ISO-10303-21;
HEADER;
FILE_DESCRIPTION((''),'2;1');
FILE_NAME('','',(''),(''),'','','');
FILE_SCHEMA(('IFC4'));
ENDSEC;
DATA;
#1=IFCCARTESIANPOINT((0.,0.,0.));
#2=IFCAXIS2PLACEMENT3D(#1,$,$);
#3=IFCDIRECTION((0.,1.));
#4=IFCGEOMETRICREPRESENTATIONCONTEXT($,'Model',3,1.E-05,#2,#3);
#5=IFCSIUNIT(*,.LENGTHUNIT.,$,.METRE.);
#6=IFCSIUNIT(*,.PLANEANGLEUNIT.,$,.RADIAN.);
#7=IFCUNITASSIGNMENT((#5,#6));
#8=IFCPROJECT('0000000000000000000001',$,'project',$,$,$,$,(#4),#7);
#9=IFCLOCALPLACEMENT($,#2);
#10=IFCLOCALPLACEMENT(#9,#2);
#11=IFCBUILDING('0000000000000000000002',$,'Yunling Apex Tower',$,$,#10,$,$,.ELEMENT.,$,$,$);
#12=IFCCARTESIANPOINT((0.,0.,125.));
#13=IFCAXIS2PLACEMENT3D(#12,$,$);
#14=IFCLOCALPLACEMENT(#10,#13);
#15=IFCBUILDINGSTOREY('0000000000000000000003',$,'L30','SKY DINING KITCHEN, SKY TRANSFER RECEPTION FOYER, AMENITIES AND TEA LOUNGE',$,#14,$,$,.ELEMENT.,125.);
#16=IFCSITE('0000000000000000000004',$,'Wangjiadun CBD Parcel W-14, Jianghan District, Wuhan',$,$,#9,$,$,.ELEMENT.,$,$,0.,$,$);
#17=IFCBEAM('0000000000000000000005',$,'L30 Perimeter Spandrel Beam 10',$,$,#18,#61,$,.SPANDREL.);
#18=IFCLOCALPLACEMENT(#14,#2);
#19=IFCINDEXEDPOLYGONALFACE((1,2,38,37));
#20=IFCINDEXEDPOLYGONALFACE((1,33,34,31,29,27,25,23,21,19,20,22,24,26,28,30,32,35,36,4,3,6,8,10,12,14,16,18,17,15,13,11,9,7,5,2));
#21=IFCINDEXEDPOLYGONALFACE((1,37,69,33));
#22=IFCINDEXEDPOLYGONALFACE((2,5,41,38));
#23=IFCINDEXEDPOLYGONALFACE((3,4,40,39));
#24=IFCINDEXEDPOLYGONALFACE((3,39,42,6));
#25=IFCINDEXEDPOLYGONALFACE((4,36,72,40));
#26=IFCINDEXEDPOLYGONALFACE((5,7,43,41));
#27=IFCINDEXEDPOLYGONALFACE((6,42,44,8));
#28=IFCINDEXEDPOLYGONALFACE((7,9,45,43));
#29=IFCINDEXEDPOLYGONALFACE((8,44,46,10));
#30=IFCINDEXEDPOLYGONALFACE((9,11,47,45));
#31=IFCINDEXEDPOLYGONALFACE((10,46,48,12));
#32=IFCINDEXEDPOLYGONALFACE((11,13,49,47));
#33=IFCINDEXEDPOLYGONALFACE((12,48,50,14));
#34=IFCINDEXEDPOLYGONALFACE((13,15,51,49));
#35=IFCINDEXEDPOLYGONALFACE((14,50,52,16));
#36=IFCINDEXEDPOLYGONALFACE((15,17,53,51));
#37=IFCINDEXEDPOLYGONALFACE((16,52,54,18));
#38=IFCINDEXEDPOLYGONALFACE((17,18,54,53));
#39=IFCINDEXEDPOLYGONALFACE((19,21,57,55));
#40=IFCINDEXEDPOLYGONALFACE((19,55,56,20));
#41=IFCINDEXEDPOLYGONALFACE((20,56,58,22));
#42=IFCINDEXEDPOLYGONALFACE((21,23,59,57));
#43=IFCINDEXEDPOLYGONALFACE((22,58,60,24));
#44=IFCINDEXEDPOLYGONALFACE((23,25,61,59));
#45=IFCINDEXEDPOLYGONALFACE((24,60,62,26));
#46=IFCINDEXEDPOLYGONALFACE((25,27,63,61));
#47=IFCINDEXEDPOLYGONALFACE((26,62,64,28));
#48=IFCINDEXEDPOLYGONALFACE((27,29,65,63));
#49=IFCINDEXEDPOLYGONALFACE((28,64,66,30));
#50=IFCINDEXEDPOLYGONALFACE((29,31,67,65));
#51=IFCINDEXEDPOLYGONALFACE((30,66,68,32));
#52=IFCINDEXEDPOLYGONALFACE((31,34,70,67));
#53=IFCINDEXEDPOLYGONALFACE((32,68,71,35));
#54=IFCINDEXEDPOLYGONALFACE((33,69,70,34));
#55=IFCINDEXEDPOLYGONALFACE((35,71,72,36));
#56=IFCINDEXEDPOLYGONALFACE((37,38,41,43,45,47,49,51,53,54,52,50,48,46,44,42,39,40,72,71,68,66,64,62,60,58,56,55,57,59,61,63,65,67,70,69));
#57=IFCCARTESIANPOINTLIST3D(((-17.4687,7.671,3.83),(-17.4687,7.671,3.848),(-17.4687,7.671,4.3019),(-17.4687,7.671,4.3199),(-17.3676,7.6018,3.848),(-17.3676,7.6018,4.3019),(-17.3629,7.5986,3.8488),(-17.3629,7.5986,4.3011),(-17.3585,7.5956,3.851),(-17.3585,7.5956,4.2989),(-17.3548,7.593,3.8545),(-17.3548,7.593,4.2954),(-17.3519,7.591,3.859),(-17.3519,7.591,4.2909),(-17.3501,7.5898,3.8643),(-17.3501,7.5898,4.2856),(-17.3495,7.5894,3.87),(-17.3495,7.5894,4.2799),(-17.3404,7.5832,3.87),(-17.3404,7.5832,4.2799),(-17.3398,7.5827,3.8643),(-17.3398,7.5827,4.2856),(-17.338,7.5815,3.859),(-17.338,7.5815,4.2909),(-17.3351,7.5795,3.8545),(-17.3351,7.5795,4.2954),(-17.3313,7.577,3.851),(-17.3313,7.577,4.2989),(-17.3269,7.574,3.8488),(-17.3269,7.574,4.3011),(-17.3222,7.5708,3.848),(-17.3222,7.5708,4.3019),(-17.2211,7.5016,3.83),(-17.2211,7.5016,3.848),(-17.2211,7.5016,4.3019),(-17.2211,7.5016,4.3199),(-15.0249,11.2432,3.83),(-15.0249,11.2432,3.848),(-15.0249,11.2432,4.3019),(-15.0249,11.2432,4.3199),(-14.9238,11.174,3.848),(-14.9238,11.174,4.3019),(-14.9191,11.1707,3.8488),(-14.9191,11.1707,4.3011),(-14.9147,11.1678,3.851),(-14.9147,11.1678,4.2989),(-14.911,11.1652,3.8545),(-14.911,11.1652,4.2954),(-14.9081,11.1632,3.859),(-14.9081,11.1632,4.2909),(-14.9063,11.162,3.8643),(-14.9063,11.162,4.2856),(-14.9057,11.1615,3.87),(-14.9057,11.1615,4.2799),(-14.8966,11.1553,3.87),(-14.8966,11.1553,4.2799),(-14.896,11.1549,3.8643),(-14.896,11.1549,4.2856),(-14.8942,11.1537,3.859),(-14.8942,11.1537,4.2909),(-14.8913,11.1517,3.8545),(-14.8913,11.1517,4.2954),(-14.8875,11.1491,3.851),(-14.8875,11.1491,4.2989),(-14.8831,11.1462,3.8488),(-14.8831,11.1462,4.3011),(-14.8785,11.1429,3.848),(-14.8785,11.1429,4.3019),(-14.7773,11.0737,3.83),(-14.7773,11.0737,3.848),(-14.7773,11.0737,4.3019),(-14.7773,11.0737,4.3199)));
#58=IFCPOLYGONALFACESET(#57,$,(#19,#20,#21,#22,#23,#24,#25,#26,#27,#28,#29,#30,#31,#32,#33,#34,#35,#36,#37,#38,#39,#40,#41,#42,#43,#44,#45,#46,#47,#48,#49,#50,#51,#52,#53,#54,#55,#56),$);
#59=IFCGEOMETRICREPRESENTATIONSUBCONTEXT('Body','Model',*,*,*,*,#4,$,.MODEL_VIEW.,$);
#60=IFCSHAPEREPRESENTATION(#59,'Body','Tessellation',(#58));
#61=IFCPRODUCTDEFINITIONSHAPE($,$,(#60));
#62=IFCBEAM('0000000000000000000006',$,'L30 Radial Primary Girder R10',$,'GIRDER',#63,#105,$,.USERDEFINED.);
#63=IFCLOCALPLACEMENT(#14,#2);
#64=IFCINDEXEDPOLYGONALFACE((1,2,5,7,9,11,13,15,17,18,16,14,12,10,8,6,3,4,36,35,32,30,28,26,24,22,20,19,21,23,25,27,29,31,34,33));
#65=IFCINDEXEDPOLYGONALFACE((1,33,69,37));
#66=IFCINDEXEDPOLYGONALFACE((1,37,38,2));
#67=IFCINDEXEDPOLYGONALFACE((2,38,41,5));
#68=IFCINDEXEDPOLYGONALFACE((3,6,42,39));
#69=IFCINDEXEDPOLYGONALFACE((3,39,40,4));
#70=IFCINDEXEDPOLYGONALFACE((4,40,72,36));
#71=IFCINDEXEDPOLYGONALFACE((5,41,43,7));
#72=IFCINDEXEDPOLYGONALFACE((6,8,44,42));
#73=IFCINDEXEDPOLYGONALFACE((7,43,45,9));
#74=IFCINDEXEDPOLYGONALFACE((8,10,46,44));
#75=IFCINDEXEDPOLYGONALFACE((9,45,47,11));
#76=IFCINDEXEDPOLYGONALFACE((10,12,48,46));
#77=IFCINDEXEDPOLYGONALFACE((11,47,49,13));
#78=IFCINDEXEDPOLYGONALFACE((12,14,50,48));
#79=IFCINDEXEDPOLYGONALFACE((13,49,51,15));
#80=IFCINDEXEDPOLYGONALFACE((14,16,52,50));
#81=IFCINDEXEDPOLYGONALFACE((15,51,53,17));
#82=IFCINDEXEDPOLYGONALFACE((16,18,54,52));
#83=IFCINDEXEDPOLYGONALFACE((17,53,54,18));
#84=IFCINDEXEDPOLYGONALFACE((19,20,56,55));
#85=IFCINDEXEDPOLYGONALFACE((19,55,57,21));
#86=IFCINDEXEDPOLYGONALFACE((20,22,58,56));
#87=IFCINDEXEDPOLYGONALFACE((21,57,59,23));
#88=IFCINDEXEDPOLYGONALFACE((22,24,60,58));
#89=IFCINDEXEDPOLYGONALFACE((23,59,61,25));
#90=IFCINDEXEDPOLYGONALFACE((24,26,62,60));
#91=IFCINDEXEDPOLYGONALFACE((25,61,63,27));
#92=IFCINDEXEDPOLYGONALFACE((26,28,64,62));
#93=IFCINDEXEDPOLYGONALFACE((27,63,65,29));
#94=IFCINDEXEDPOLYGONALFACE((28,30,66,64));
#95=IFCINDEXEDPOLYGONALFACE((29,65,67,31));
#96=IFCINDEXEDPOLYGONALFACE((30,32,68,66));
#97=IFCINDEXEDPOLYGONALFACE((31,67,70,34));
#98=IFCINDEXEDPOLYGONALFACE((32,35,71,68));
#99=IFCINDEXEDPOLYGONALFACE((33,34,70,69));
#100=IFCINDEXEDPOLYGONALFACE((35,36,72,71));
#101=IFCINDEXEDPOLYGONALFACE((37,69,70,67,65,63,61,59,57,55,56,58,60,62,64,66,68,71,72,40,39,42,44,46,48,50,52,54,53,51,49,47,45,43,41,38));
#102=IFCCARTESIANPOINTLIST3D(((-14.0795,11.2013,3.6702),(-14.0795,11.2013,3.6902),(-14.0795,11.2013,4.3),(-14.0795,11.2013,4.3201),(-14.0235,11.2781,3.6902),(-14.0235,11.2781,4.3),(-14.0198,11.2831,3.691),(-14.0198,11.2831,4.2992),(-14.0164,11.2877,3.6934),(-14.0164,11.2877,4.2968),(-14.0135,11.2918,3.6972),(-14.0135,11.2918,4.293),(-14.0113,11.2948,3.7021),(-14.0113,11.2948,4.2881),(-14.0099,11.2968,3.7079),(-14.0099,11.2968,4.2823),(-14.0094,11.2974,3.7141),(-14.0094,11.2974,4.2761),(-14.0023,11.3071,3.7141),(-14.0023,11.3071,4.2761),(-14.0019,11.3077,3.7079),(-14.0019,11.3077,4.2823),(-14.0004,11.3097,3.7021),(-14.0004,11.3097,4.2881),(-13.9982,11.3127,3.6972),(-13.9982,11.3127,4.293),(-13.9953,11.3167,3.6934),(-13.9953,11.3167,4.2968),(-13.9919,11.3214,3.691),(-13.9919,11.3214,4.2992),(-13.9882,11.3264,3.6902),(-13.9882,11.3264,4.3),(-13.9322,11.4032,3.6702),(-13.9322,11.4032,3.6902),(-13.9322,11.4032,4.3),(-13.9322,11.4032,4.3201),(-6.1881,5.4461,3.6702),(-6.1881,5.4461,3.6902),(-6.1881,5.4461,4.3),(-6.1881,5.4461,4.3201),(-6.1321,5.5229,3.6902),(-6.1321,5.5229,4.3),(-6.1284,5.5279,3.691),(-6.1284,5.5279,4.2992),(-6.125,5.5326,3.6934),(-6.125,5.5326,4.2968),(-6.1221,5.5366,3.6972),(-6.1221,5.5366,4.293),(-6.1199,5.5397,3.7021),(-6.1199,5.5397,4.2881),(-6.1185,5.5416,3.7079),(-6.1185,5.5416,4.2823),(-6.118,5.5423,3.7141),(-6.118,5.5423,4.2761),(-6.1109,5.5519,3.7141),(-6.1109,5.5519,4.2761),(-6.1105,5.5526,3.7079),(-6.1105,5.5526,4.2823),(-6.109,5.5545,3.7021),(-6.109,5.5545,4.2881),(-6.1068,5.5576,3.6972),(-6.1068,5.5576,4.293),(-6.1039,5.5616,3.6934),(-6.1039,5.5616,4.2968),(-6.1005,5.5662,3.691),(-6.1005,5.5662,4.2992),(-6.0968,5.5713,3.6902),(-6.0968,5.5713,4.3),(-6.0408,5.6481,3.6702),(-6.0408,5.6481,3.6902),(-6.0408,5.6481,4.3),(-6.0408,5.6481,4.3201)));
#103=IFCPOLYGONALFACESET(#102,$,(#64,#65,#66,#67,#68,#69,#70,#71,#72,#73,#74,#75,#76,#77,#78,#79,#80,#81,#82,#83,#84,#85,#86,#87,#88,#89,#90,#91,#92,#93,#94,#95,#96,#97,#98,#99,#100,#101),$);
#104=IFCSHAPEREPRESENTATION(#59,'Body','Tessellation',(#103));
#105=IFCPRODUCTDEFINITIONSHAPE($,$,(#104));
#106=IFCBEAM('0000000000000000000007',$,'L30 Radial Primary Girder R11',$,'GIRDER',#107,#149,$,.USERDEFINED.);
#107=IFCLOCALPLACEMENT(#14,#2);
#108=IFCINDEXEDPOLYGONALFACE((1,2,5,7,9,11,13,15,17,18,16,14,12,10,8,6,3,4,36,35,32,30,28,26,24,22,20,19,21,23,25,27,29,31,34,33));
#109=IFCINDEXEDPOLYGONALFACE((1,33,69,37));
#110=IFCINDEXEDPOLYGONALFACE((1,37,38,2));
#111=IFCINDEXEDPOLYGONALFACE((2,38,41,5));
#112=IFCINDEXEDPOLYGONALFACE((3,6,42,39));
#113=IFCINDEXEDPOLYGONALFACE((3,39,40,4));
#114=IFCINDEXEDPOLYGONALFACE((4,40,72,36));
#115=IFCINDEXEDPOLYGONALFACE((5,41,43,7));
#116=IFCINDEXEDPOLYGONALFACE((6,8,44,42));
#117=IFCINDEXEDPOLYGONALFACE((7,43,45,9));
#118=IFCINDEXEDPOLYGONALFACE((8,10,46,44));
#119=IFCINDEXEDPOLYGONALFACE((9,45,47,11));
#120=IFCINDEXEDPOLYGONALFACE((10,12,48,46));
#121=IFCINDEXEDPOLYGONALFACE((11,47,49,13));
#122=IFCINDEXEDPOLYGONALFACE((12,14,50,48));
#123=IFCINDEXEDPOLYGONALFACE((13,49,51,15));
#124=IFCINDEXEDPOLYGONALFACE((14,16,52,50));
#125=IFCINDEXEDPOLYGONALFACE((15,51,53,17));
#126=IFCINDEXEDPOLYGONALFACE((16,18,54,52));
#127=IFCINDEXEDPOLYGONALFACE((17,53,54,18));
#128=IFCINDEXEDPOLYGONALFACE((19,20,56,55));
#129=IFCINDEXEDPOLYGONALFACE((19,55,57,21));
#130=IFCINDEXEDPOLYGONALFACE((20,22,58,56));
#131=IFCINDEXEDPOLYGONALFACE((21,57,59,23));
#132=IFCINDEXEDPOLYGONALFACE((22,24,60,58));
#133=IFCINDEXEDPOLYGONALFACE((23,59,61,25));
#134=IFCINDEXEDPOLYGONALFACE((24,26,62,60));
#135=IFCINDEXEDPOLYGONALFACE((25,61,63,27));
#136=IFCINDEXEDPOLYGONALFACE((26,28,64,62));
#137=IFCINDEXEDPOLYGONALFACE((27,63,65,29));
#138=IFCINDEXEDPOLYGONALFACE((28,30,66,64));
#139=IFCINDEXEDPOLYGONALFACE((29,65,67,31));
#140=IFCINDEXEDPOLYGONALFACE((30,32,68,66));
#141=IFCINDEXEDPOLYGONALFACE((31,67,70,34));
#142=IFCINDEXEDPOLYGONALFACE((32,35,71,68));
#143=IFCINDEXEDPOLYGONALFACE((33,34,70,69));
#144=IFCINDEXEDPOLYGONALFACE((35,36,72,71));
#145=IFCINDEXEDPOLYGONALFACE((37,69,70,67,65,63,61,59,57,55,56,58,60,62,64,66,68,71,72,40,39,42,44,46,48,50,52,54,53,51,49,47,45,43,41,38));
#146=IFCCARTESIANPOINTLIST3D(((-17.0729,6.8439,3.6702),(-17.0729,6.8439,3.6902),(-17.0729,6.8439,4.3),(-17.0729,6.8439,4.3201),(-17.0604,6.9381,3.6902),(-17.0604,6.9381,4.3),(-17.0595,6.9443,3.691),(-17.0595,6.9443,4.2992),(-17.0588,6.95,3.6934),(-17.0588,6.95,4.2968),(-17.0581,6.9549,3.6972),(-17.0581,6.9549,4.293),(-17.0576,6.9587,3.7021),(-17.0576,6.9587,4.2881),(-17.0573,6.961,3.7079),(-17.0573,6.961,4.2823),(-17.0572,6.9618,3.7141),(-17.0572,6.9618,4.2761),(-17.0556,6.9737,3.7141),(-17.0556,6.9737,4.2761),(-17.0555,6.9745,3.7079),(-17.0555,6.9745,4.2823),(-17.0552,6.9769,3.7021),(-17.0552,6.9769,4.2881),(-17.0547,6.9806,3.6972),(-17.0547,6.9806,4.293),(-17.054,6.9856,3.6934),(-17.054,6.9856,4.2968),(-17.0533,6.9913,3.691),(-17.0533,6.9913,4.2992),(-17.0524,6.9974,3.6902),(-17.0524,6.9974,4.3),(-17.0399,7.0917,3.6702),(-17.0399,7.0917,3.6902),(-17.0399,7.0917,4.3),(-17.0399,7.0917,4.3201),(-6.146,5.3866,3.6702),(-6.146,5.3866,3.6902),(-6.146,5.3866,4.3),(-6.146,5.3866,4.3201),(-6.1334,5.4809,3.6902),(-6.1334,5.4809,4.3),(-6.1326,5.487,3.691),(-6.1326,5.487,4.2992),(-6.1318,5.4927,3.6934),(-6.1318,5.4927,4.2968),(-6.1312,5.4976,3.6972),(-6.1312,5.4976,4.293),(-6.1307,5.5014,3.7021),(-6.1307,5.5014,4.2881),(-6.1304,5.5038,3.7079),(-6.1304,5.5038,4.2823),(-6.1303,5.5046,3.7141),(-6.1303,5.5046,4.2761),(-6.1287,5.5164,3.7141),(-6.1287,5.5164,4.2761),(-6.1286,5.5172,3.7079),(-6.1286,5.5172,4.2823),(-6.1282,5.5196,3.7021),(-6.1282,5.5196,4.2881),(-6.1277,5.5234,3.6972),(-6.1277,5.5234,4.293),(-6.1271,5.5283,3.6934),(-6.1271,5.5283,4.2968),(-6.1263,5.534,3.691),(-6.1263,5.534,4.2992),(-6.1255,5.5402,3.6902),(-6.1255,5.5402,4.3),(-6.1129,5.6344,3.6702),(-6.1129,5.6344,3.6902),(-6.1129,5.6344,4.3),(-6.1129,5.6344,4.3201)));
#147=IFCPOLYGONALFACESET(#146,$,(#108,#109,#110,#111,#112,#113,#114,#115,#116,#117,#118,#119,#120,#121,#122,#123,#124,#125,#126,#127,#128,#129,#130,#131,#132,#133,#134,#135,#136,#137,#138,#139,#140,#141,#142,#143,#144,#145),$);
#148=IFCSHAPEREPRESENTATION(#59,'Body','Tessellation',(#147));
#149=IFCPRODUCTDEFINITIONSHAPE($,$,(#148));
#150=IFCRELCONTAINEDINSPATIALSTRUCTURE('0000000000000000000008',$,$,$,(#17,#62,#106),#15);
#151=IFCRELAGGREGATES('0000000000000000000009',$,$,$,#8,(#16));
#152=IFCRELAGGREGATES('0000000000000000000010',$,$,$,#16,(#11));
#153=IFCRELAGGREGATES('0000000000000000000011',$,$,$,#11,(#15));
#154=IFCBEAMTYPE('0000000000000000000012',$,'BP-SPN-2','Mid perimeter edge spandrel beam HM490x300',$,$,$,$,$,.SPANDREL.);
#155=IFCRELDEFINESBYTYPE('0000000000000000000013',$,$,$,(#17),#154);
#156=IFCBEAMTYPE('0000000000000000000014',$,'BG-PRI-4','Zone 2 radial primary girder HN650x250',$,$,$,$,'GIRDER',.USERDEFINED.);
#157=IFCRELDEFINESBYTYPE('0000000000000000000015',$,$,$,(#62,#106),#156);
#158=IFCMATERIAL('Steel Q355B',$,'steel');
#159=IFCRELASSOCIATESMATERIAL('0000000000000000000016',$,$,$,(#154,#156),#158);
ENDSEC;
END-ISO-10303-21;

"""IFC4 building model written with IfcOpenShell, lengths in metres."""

from ifc_helpers import new_model, si_unit, direction, frame, origin, origin_2d, place, context, subcontext, project, spatial, i_section, extrude, source, transform, mapped, material, material_profile, profile_set, type_object, element, save


model = new_model("IFC4")

# Units and contexts
model_context = context("Model", 3, precision=1e-05, world=origin(), true_north=direction((0.0, 1.0)))
body_context = subcontext(model_context, "Body", "Model", "MODEL_VIEW")
ifc_project = project(units=[si_unit("LENGTHUNIT", "METRE"), si_unit("PLANEANGLEUNIT", "RADIAN")], contexts=[model_context])

# Site, building, storey
site_placement = place(None, origin())
site = spatial("IfcSite", under=ifc_project, at=site_placement, Name="Wangjiadun CBD Parcel W-14, Jianghan District, Wuhan", CompositionType="ELEMENT", RefElevation=0.0)
building_placement = place(site_placement, origin())
building = spatial("IfcBuilding", under=site, at=building_placement, Name="Yunling Apex Tower", CompositionType="ELEMENT")
storey_placement = place(building_placement, frame((0.0, 0.0, 125.0)))
storey = spatial("IfcBuildingStorey", under=building, at=storey_placement, Name="L30", Description="SKY DINING KITCHEN, SKY TRANSFER RECEPTION FOYER, AMENITIES AND TEA LOUNGE", CompositionType="ELEMENT", Elevation=125.0)

# Beams
ifc_material_1 = material(Name="Steel Q355B", Category="steel")
ifc_material_profile_1 = material_profile(ifc_material_1, i_section(OverallWidth=0.3, OverallDepth=0.49, WebThickness=0.011, FlangeThickness=0.0181, FilletRadius=0.022, at=origin_2d()))
ifc_profile_set_1 = profile_set([ifc_material_profile_1], Name="Steel Q355B")
beam_type_1 = type_object("IfcBeamType", Name="BP-SPN-2", Description="Mid perimeter edge spandrel beam HM490x300", PredefinedType="SPANDREL", material=ifc_profile_set_1)
shared_shape_1 = source(origin(), body_context, "Body", "SweptSolid", [
    extrude(i_section(OverallWidth=0.3, OverallDepth=0.49, WebThickness=0.011, FlangeThickness=0.0181, FilletRadius=0.022, at=origin_2d()), origin(), (0.0, 0.0, 1.0), 4.3281),
])
beam_1_placement = place(storey_placement, frame((-14.9011, 11.1584, 4.075), z_axis=(-0.564631, -0.825343, 0.0), x_axis=(0.825343, -0.564631, 0.0)))
element("IfcBeam", 1, at=beam_1_placement, inside=storey, type_object=beam_type_1, Name="L30 Perimeter Spandrel Beam 10", PredefinedType="SPANDREL", context=body_context, shape_type="MappedRepresentation", body=[
    mapped(shared_shape_1, transform((0.0, 0.0, 0.0), scale=1.0)),
])
ifc_material_profile_2 = material_profile(ifc_material_1, i_section(OverallWidth=0.25, OverallDepth=0.6499, WebThickness=0.012, FlangeThickness=0.02, FilletRadius=0.0239, at=origin_2d()))
ifc_profile_set_2 = profile_set([ifc_material_profile_2], Name="Steel Q355B")
beam_type_2 = type_object("IfcBeamType", Name="BG-PRI-4", Description="Zone 2 radial primary girder HN650x250", ElementType="GIRDER", PredefinedType="USERDEFINED", material=ifc_profile_set_2)
shared_shape_2 = source(origin(), body_context, "Body", "SweptSolid", [
    extrude(i_section(OverallWidth=0.25, OverallDepth=0.6499, WebThickness=0.012, FlangeThickness=0.02, FilletRadius=0.0239, at=origin_2d()), origin(), (0.0, 0.0, 1.0), 9.7671),
])
beam_2_placement = place(storey_placement, frame((-14.0059, 11.3022, 3.9951), z_axis=(0.807958, -0.58924, 0.0), x_axis=(0.58924, 0.807958, 0.0)))
element("IfcBeam", 2, at=beam_2_placement, inside=storey, type_object=beam_type_2, Name="L30 Radial Primary Girder R10", ObjectType="GIRDER", PredefinedType="USERDEFINED", context=body_context, shape_type="MappedRepresentation", body=[
    mapped(shared_shape_2, transform((0.0, 0.0, 0.0), scale=1.0)),
])
shared_shape_3 = source(origin(), body_context, "Body", "SweptSolid", [
    extrude(i_section(OverallWidth=0.25, OverallDepth=0.6499, WebThickness=0.012, FlangeThickness=0.02, FilletRadius=0.0239, at=origin_2d()), origin(), (0.0, 0.0, 1.0), 11.0237),
])
beam_3_placement = place(storey_placement, frame((-17.0564, 6.9678, 3.9951), z_axis=(0.991224, -0.132194, 0.0), x_axis=(0.132194, 0.991224, 0.0)))
element("IfcBeam", 3, at=beam_3_placement, inside=storey, type_object=beam_type_2, Name="L30 Radial Primary Girder R11", ObjectType="GIRDER", PredefinedType="USERDEFINED", context=body_context, shape_type="MappedRepresentation", body=[
    mapped(shared_shape_3, transform((0.0, 0.0, 0.0), scale=1.0)),
])

save(model, "model.ifc")
